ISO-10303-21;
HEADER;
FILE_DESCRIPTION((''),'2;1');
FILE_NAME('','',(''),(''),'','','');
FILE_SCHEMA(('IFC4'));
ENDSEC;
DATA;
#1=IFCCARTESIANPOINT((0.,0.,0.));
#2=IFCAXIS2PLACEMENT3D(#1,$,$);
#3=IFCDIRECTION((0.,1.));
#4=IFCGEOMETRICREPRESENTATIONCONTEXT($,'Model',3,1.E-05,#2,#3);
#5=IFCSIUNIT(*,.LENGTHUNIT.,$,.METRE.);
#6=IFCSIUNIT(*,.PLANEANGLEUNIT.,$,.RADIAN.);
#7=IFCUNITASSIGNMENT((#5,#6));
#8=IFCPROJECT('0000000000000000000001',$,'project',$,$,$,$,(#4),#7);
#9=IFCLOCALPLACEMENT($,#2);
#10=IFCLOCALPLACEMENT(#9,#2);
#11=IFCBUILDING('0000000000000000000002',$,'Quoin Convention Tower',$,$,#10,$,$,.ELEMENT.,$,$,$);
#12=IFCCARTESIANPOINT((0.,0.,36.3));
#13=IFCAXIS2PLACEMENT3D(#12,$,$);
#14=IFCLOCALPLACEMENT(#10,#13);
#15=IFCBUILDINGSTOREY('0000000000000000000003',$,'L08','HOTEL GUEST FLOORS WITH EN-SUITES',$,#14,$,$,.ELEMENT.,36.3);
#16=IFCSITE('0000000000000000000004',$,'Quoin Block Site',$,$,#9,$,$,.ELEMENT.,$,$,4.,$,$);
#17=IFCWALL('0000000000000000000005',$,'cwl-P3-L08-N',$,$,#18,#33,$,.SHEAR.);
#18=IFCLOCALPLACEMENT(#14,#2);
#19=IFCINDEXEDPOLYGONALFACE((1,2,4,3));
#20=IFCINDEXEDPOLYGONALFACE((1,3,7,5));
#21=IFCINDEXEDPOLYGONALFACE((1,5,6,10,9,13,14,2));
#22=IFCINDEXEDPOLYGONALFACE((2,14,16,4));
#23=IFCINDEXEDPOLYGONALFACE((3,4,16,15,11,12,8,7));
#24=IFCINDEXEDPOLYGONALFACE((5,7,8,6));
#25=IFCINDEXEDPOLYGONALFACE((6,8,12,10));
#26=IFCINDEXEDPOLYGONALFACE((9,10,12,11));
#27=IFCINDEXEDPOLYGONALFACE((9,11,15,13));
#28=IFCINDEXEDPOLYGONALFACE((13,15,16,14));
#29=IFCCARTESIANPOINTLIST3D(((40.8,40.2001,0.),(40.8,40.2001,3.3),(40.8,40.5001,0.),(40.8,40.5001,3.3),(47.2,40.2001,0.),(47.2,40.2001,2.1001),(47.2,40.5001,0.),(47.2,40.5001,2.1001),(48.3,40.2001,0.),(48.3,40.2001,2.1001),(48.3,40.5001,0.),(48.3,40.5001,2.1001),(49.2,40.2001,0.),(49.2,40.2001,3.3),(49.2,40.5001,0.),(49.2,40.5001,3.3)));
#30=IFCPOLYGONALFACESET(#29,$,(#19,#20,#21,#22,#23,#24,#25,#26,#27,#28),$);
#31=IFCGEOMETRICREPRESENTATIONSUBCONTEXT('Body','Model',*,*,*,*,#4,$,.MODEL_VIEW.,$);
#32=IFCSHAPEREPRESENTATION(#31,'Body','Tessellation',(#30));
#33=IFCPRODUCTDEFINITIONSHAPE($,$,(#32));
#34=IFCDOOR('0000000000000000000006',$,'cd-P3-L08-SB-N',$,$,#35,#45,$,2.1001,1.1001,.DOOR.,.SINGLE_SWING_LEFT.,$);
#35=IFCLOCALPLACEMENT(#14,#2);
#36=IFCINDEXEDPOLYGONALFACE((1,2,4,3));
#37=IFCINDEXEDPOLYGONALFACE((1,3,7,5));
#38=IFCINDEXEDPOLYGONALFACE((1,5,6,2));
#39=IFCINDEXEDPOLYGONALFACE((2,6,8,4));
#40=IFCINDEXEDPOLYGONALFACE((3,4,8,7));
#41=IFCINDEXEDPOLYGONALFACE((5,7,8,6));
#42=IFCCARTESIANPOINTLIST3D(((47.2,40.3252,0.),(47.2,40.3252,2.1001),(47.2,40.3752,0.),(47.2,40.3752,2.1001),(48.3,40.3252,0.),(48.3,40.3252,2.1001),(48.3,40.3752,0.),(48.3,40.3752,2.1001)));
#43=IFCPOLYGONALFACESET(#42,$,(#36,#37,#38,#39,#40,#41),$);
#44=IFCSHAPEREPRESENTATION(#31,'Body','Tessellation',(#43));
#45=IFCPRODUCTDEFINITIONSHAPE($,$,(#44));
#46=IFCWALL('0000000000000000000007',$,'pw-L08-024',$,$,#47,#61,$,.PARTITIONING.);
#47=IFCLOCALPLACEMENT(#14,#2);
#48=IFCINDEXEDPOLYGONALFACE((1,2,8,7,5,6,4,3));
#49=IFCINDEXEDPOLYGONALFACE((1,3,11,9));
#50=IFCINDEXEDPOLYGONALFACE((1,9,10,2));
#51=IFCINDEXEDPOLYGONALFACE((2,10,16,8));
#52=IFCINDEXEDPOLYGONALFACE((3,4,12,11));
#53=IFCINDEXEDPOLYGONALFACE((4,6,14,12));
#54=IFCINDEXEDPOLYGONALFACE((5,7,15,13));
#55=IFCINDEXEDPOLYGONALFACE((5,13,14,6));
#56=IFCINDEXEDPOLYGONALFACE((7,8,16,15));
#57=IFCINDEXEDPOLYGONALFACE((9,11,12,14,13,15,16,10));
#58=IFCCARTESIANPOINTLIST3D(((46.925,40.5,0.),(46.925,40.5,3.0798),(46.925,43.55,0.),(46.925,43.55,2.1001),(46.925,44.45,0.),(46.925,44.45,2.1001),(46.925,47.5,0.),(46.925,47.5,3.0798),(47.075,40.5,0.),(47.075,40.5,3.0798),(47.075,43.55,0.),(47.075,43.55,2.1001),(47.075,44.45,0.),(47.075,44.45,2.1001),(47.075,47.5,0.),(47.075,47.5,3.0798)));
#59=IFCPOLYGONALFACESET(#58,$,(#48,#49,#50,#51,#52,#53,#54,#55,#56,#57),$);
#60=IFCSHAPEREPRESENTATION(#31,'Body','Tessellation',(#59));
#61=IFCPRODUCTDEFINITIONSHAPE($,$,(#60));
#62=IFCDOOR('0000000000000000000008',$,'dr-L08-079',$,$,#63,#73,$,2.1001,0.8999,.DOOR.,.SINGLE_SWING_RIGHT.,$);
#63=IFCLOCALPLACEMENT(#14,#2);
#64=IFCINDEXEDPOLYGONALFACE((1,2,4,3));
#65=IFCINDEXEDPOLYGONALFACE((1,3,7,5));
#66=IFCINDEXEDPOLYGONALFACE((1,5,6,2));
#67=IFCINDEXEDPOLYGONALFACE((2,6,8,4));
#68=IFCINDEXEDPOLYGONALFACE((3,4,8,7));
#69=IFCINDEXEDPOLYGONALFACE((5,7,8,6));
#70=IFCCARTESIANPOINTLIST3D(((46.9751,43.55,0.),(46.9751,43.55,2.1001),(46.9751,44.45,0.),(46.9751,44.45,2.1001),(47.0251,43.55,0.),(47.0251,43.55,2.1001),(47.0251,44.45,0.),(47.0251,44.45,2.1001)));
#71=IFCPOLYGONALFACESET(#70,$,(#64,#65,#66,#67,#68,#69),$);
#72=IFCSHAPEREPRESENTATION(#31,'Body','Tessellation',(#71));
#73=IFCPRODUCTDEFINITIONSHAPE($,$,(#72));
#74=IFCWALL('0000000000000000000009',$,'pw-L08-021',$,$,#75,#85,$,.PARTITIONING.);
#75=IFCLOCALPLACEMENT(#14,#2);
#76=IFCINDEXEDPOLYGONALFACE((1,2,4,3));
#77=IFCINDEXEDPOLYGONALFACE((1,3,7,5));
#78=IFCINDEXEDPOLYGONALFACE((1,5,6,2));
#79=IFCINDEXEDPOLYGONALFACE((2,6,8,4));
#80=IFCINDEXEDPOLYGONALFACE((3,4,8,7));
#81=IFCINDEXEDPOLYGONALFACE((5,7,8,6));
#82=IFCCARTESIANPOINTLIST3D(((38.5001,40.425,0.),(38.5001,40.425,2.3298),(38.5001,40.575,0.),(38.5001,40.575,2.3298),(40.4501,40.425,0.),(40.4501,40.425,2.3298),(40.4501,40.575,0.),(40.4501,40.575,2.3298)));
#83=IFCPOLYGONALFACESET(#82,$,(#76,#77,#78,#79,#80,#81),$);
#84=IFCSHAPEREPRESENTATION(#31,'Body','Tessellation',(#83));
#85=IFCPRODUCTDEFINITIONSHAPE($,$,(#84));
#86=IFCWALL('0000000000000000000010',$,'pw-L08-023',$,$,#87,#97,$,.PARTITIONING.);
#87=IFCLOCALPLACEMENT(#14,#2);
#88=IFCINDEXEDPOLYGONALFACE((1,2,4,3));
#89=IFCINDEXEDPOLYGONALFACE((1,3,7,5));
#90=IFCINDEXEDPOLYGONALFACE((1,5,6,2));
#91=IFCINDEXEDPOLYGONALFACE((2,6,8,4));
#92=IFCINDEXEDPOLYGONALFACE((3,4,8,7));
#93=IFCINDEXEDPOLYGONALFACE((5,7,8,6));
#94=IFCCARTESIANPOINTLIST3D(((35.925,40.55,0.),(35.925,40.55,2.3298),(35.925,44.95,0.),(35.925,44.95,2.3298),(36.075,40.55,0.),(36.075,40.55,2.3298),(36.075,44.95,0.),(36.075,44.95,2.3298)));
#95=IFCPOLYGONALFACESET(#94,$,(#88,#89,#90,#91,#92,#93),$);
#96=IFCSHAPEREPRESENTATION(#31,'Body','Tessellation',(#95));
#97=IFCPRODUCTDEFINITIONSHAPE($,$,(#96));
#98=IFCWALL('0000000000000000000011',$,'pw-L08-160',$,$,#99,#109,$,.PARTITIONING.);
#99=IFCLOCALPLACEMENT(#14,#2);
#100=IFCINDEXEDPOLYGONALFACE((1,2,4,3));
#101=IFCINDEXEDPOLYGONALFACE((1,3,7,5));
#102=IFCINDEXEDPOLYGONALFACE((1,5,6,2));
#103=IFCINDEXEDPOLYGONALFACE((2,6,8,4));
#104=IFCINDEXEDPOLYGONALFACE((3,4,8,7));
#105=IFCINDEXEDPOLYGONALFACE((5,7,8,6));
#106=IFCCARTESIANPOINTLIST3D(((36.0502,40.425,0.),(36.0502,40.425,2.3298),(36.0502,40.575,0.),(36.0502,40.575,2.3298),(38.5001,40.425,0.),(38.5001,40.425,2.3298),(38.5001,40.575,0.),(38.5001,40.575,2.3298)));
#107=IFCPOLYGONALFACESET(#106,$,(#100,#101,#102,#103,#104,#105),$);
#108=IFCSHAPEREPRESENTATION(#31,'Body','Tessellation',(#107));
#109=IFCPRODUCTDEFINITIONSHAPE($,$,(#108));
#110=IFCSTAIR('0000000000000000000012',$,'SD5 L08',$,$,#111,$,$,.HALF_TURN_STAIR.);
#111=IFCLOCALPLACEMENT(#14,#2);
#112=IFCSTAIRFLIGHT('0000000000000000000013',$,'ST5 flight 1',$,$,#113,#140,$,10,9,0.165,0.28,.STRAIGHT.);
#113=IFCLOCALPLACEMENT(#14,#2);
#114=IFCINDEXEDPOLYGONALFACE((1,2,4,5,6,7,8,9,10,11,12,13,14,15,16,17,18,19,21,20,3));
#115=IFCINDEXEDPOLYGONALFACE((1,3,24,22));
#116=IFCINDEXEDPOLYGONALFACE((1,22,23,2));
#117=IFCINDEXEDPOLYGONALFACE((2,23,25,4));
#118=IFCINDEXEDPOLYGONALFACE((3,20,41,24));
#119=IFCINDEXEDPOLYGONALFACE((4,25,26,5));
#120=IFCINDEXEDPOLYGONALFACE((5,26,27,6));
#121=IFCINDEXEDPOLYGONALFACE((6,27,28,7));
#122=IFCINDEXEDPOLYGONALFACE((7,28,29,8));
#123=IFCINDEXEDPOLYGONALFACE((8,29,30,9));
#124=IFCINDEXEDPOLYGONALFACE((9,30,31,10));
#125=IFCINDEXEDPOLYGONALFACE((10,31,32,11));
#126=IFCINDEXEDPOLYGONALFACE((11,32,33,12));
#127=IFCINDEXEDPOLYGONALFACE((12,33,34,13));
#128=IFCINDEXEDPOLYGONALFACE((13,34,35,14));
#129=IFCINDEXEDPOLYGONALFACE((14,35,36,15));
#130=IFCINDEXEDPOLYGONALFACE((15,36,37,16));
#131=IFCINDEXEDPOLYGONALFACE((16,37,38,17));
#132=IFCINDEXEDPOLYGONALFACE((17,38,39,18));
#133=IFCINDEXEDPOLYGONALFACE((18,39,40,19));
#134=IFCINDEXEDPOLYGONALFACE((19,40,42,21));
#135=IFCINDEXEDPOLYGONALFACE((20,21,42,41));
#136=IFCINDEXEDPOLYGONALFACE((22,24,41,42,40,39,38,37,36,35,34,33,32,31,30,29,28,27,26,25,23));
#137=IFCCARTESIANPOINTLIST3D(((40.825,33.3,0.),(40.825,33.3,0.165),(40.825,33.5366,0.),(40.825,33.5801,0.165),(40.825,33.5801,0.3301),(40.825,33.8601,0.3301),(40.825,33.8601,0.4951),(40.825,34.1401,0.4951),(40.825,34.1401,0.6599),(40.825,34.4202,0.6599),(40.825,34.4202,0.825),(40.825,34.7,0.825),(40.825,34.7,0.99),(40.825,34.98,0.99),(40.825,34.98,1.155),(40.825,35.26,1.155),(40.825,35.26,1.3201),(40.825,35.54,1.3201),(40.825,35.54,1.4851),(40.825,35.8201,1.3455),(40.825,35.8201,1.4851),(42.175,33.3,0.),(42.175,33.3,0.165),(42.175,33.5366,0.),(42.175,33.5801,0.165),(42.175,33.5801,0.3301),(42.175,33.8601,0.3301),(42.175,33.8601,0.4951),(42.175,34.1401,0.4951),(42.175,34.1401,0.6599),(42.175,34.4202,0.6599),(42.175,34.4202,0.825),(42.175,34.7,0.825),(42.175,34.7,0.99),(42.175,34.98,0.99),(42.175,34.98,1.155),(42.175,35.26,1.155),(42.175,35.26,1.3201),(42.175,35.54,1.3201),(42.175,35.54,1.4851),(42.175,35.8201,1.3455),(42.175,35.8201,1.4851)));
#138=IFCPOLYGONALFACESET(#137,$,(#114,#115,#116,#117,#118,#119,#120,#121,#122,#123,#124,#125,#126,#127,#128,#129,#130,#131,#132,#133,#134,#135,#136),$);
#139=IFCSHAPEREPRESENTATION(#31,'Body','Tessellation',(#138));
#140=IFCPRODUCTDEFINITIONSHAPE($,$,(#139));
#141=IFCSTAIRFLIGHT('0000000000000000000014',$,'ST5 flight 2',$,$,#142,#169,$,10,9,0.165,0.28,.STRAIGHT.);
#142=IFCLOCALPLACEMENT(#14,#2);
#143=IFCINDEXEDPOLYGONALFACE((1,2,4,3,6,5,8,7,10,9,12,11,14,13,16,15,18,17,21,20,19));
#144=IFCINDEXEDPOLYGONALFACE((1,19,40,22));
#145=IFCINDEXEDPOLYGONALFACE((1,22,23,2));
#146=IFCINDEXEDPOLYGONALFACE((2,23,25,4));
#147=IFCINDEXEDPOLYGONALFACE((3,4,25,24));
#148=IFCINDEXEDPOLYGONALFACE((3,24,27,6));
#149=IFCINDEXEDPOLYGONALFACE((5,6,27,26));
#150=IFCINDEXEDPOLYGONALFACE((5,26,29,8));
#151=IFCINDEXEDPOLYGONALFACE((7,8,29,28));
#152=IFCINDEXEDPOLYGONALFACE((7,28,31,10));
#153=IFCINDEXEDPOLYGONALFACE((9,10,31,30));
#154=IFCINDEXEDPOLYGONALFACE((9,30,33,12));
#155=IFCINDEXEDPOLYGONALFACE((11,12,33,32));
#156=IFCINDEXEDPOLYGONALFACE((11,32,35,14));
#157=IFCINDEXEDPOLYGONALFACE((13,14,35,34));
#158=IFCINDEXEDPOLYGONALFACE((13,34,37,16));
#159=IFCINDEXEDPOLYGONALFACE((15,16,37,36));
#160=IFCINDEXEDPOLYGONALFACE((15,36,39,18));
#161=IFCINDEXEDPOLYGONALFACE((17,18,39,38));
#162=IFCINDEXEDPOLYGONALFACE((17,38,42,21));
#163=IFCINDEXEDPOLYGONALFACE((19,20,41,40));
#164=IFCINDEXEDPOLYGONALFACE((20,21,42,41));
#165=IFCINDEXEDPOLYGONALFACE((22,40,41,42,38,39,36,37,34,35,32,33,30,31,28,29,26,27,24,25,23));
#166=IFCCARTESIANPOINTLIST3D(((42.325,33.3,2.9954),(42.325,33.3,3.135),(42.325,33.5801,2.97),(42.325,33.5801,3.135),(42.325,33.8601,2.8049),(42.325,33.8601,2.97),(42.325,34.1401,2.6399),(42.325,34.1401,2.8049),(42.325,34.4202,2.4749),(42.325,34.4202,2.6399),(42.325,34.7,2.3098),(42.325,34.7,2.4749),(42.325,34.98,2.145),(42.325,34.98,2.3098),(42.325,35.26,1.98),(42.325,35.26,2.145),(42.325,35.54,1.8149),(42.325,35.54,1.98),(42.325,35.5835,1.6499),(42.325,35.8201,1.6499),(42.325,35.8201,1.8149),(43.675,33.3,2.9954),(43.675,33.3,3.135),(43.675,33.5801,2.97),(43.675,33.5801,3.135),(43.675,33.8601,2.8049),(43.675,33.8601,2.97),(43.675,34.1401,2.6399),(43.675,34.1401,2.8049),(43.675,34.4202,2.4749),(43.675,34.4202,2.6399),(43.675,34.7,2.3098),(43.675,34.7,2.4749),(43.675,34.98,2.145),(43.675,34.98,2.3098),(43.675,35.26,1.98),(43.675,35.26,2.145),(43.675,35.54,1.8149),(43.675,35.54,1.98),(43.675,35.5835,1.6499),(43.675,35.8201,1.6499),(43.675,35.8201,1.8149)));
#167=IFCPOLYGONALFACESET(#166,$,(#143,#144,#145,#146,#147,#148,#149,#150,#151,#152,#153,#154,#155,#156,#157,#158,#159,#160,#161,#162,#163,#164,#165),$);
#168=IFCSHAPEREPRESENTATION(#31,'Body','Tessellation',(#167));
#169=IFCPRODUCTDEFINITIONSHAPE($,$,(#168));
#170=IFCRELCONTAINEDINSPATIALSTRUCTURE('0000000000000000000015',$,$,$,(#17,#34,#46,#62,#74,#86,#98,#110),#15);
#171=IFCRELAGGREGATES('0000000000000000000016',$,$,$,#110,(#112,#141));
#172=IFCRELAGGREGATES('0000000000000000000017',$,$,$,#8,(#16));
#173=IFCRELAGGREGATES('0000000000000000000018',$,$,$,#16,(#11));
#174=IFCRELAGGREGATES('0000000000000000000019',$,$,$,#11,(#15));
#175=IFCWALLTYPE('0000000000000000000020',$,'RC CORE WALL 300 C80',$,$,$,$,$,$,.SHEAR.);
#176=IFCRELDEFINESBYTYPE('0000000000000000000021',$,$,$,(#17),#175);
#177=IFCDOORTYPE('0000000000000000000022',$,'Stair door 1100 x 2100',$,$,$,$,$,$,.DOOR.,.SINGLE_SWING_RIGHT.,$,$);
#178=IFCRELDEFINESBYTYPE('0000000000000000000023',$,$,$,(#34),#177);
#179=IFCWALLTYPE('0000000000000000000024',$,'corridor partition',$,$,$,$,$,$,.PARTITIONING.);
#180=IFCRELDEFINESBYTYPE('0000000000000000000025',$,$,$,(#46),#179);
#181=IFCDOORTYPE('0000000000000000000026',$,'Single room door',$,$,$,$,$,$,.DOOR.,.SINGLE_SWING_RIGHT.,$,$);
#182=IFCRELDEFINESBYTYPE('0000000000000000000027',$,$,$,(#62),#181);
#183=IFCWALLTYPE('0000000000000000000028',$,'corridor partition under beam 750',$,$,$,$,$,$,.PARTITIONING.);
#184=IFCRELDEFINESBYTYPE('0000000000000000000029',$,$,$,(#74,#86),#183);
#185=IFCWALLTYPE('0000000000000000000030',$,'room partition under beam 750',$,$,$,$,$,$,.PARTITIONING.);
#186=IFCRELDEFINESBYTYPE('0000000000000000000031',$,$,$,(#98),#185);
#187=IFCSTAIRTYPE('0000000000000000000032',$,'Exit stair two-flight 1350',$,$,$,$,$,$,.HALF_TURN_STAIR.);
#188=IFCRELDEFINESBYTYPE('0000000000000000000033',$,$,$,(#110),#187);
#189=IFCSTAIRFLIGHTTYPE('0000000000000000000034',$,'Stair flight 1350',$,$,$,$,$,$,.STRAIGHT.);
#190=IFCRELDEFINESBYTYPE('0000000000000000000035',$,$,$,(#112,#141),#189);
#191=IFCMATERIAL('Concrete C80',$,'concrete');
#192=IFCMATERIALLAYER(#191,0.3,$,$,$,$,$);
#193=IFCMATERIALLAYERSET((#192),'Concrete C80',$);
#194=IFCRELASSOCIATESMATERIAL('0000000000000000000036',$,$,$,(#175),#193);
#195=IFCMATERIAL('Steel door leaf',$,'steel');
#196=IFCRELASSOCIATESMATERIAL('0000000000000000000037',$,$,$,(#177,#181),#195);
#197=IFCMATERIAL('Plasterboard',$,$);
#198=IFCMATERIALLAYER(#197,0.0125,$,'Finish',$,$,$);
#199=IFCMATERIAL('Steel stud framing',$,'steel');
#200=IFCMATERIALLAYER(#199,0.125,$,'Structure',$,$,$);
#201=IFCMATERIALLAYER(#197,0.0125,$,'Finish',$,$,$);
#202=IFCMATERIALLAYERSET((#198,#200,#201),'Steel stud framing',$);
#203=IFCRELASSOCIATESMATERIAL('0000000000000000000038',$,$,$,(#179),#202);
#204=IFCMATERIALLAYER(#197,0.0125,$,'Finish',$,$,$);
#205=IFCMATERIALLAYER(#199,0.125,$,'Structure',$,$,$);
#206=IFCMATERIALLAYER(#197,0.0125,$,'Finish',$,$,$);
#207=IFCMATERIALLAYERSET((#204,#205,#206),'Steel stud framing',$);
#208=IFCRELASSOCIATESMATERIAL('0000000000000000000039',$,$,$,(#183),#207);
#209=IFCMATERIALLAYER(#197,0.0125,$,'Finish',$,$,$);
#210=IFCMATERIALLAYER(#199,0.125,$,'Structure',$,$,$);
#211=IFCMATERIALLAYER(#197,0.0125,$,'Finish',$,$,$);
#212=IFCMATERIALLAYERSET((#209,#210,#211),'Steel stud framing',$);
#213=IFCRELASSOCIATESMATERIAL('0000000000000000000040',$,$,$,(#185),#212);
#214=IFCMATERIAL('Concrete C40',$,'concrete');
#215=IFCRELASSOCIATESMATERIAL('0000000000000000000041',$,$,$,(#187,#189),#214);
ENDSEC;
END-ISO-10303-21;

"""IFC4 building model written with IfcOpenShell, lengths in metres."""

from ifc_helpers import new_model, si_unit, direction, frame, frame_2d, origin, place, context, subcontext, project, spatial, polyline, rectangle, outline, extrude, material, layer, layer_set, type_object, element, fill, aggregate, save


model = new_model("IFC4")

# Units and contexts
model_context = context("Model", 3, precision=1e-05, world=origin(), true_north=direction((0.0, 1.0)))
body_context = subcontext(model_context, "Body", "Model", "MODEL_VIEW")
ifc_project = project(units=[si_unit("LENGTHUNIT", "METRE"), si_unit("PLANEANGLEUNIT", "RADIAN")], contexts=[model_context])

# Site, building, storey
site_placement = place(None, origin())
site = spatial("IfcSite", under=ifc_project, at=site_placement, Name="Quoin Block Site", CompositionType="ELEMENT", RefElevation=4.0)
building_placement = place(site_placement, origin())
building = spatial("IfcBuilding", under=site, at=building_placement, Name="Quoin Convention Tower", CompositionType="ELEMENT")
storey_placement = place(building_placement, frame((0.0, 0.0, 36.3)))
storey = spatial("IfcBuildingStorey", under=building, at=storey_placement, Name="L08", Description="HOTEL GUEST FLOORS WITH EN-SUITES", CompositionType="ELEMENT", Elevation=36.3)

# Shared definitions
ifc_material_1 = material(Name="Concrete C80", Category="concrete")

# Walls, openings, doors
ifc_layer_1 = layer(ifc_material_1, 0.3)
ifc_layer_set_1 = layer_set([ifc_layer_1], Name="Concrete C80")
wall_type_1 = type_object("IfcWallType", Name="RC CORE WALL 300 C80", PredefinedType="SHEAR", material=ifc_layer_set_1)
wall_1_placement = place(storey_placement, frame((40.8, 40.3501, 0.0), z_axis=(0.0, 0.0, 1.0), x_axis=(1.0, 0.0, 0.0)))
wall_1 = element("IfcWall", 1, at=wall_1_placement, inside=storey, type_object=wall_type_1, Name="cwl-P3-L08-N", PredefinedType="SHEAR", context=body_context, shape_type="SweptSolid", body=[
    extrude(rectangle(XDim=8.3999, YDim=0.3, at=frame_2d((4.2, 0.0))), origin(), (0.0, 0.0, 1.0), 3.3),
])
opening_1_placement = place(wall_1_placement, frame((6.3999, 0.0, 0.0)))
opening_1 = element("IfcOpeningElement", 2, at=opening_1_placement, cuts=wall_1, PredefinedType="OPENING", context=body_context, shape_type="SweptSolid", body=[
    extrude(rectangle(XDim=1.1001, YDim=2.1001, at=frame_2d((0.55, 1.05))), frame((0.0, 0.1599, 0.0), z_axis=(0.0, -1.0, 0.0), x_axis=(1.0, 0.0, 0.0)), (0.0, 0.0, 1.0), 0.3201),
])
ifc_material_2 = material(Name="Steel door leaf", Category="steel")
door_type_1 = type_object("IfcDoorType", Name="Stair door 1100 x 2100", OperationType="SINGLE_SWING_RIGHT", PredefinedType="DOOR", material=ifc_material_2)
door_1_placement = place(opening_1_placement, frame((1.1001, 0.0, 0.0), z_axis=(0.0, 0.0, 1.0), x_axis=(-1.0, 0.0, 0.0)))
door_1 = element("IfcDoor", 3, at=door_1_placement, inside=storey, type_object=door_type_1, Name="cd-P3-L08-SB-N", OperationType="SINGLE_SWING_LEFT", OverallHeight=2.1001, OverallWidth=1.1001, PredefinedType="DOOR", context=body_context, shape_type="SweptSolid", body=[
    extrude(rectangle(XDim=1.1001, YDim=2.1001, at=frame_2d((0.55, 1.05))), frame((0.0, 0.0249, 0.0), z_axis=(0.0, -1.0, 0.0), x_axis=(1.0, 0.0, 0.0)), (0.0, 0.0, 1.0), 0.05),
])
fill(opening_1, door_1)
ifc_material_3 = material(Name="Plasterboard")
ifc_layer_2 = layer(ifc_material_3, 0.0125, Name="Finish")
ifc_material_4 = material(Name="Steel stud framing", Category="steel")
ifc_layer_3 = layer(ifc_material_4, 0.125, Name="Structure")
ifc_layer_4 = layer(ifc_material_3, 0.0125, Name="Finish")
ifc_layer_set_2 = layer_set([ifc_layer_2, ifc_layer_3, ifc_layer_4], Name="Steel stud framing")
wall_type_2 = type_object("IfcWallType", Name="corridor partition", PredefinedType="PARTITIONING", material=ifc_layer_set_2)
wall_2_placement = place(storey_placement, frame((47.0, 40.5, 0.0), z_axis=(0.0, 0.0, 1.0), x_axis=(0.0, 1.0, 0.0)))
wall_2 = element("IfcWall", 4, at=wall_2_placement, inside=storey, type_object=wall_type_2, Name="pw-L08-024", PredefinedType="PARTITIONING", context=body_context, shape_type="SweptSolid", body=[
    extrude(rectangle(XDim=7.0, YDim=0.1499, at=frame_2d((3.5, 0.0))), origin(), (0.0, 0.0, 1.0), 3.0798),
])
opening_2_placement = place(wall_2_placement, frame((3.05, 0.0, 0.0)))
opening_2 = element("IfcOpeningElement", 5, at=opening_2_placement, cuts=wall_2, PredefinedType="OPENING", context=body_context, shape_type="SweptSolid", body=[
    extrude(rectangle(XDim=0.8999, YDim=2.1001, at=frame_2d((0.45, 1.05))), frame((0.0, 0.085, 0.0), z_axis=(0.0, -1.0, 0.0), x_axis=(1.0, 0.0, 0.0)), (0.0, 0.0, 1.0), 0.1699),
])
door_type_2 = type_object("IfcDoorType", Name="Single room door", OperationType="SINGLE_SWING_RIGHT", PredefinedType="DOOR", material=ifc_material_2)
door_2_placement = place(opening_2_placement, origin())
door_2 = element("IfcDoor", 6, at=door_2_placement, inside=storey, type_object=door_type_2, Name="dr-L08-079", OperationType="SINGLE_SWING_RIGHT", OverallHeight=2.1001, OverallWidth=0.8999, PredefinedType="DOOR", context=body_context, shape_type="SweptSolid", body=[
    extrude(rectangle(XDim=0.8999, YDim=2.1001, at=frame_2d((0.45, 1.05))), frame((0.0, 0.0249, 0.0), z_axis=(0.0, -1.0, 0.0), x_axis=(1.0, 0.0, 0.0)), (0.0, 0.0, 1.0), 0.05),
])
fill(opening_2, door_2)

# Walls
ifc_layer_5 = layer(ifc_material_3, 0.0125, Name="Finish")
ifc_layer_6 = layer(ifc_material_4, 0.125, Name="Structure")
ifc_layer_7 = layer(ifc_material_3, 0.0125, Name="Finish")
ifc_layer_set_3 = layer_set([ifc_layer_5, ifc_layer_6, ifc_layer_7], Name="Steel stud framing")
wall_type_3 = type_object("IfcWallType", Name="corridor partition under beam 750", PredefinedType="PARTITIONING", material=ifc_layer_set_3)
wall_3_placement = place(storey_placement, frame((38.5, 40.5, 0.0), z_axis=(0.0, 0.0, 1.0), x_axis=(1.0, 0.0, 0.0)))
element("IfcWall", 7, at=wall_3_placement, inside=storey, type_object=wall_type_3, Name="pw-L08-021", PredefinedType="PARTITIONING", context=body_context, shape_type="SweptSolid", body=[
    extrude(rectangle(XDim=1.95, YDim=0.1499, at=frame_2d((0.9751, 0.0))), origin(), (0.0, 0.0, 1.0), 2.3298),
])
wall_4_placement = place(storey_placement, frame((36.0, 40.55, 0.0), z_axis=(0.0, 0.0, 1.0), x_axis=(0.0, 1.0, 0.0)))
element("IfcWall", 8, at=wall_4_placement, inside=storey, type_object=wall_type_3, Name="pw-L08-023", PredefinedType="PARTITIONING", context=body_context, shape_type="SweptSolid", body=[
    extrude(rectangle(XDim=4.3999, YDim=0.1499, at=frame_2d((2.2, 0.0))), origin(), (0.0, 0.0, 1.0), 2.3298),
])
ifc_layer_8 = layer(ifc_material_3, 0.0125, Name="Finish")
ifc_layer_9 = layer(ifc_material_4, 0.125, Name="Structure")
ifc_layer_10 = layer(ifc_material_3, 0.0125, Name="Finish")
ifc_layer_set_4 = layer_set([ifc_layer_8, ifc_layer_9, ifc_layer_10], Name="Steel stud framing")
wall_type_4 = type_object("IfcWallType", Name="room partition under beam 750", PredefinedType="PARTITIONING", material=ifc_layer_set_4)
wall_5_placement = place(storey_placement, frame((36.05, 40.5, 0.0), z_axis=(0.0, 0.0, 1.0), x_axis=(1.0, 0.0, 0.0)))
element("IfcWall", 9, at=wall_5_placement, inside=storey, type_object=wall_type_4, Name="pw-L08-160", PredefinedType="PARTITIONING", context=body_context, shape_type="SweptSolid", body=[
    extrude(rectangle(XDim=2.45, YDim=0.1499, at=frame_2d((1.2251, 0.0))), origin(), (0.0, 0.0, 1.0), 2.3298),
])

# Stair, stair flights
ifc_material_5 = material(Name="Concrete C40", Category="concrete")
stair_type = type_object("IfcStairType", Name="Exit stair two-flight 1350", PredefinedType="HALF_TURN_STAIR", material=ifc_material_5)
stair_1_placement = place(storey_placement, origin())
stair_1 = element("IfcStair", 10, at=stair_1_placement, inside=storey, type_object=stair_type, Name="SD5 L08", PredefinedType="HALF_TURN_STAIR")
stair_flight_type = type_object("IfcStairFlightType", Name="Stair flight 1350", PredefinedType="STRAIGHT", material=ifc_material_5)
stair_flight_1_placement = place(storey_placement, frame((41.5, 33.3, 0.0), z_axis=(0.0, 0.0, 1.0), x_axis=(0.0, 1.0, 0.0)))
stair_flight_1 = element("IfcStairFlight", 11, at=stair_flight_1_placement, type_object=stair_flight_type, Name="ST5 flight 1", NumberOfRisers=10, NumberOfTreads=9, PredefinedType="STRAIGHT", RiserHeight=0.165, TreadLength=0.28, context=body_context, shape_type="SweptSolid", body=[
    extrude(outline(polyline([(0.0, 0.0), (0.0, 0.165), (0.28, 0.165), (0.28, 0.3301), (0.5601, 0.3301), (0.5601, 0.4951), (0.8401, 0.4951), (0.8401, 0.6599), (1.1201, 0.6599), (1.1201, 0.825), (1.3999, 0.825), (1.3999, 0.99), (1.6799, 0.99), (1.6799, 1.155), (1.96, 1.155), (1.96, 1.3201), (2.24, 1.3201), (2.24, 1.4851), (2.52, 1.4851), (2.52, 1.6499), (2.52, 1.3455), (0.2366, 0.0), (0.0, 0.0)])), frame((0.0, 0.675, 0.0), z_axis=(0.0, -1.0, 0.0), x_axis=(1.0, 0.0, 0.0)), (0.0, 0.0, 1.0), 1.3501),
])
stair_flight_2_placement = place(storey_placement, frame((43.0, 35.8201, 1.6499), z_axis=(0.0, 0.0, 1.0), x_axis=(0.0, -1.0, 0.0)))
stair_flight_2 = element("IfcStairFlight", 12, at=stair_flight_2_placement, type_object=stair_flight_type, Name="ST5 flight 2", NumberOfRisers=10, NumberOfTreads=9, PredefinedType="STRAIGHT", RiserHeight=0.165, TreadLength=0.28, context=body_context, shape_type="SweptSolid", body=[
    extrude(outline(polyline([(0.0, 0.0), (0.0, 0.165), (0.28, 0.165), (0.28, 0.3301), (0.5601, 0.3301), (0.5601, 0.4951), (0.8401, 0.4951), (0.8401, 0.6599), (1.1201, 0.6599), (1.1201, 0.825), (1.3999, 0.825), (1.3999, 0.99), (1.6799, 0.99), (1.6799, 1.155), (1.96, 1.155), (1.96, 1.3201), (2.24, 1.3201), (2.24, 1.4851), (2.52, 1.4851), (2.52, 1.6499), (2.52, 1.3455), (0.2366, 0.0), (0.0, 0.0)])), frame((0.0, 0.675, 0.0), z_axis=(0.0, -1.0, 0.0), x_axis=(1.0, 0.0, 0.0)), (0.0, 0.0, 1.0), 1.3501),
])
aggregate(stair_1, [stair_flight_1, stair_flight_2])

save(model, "model.ifc")
